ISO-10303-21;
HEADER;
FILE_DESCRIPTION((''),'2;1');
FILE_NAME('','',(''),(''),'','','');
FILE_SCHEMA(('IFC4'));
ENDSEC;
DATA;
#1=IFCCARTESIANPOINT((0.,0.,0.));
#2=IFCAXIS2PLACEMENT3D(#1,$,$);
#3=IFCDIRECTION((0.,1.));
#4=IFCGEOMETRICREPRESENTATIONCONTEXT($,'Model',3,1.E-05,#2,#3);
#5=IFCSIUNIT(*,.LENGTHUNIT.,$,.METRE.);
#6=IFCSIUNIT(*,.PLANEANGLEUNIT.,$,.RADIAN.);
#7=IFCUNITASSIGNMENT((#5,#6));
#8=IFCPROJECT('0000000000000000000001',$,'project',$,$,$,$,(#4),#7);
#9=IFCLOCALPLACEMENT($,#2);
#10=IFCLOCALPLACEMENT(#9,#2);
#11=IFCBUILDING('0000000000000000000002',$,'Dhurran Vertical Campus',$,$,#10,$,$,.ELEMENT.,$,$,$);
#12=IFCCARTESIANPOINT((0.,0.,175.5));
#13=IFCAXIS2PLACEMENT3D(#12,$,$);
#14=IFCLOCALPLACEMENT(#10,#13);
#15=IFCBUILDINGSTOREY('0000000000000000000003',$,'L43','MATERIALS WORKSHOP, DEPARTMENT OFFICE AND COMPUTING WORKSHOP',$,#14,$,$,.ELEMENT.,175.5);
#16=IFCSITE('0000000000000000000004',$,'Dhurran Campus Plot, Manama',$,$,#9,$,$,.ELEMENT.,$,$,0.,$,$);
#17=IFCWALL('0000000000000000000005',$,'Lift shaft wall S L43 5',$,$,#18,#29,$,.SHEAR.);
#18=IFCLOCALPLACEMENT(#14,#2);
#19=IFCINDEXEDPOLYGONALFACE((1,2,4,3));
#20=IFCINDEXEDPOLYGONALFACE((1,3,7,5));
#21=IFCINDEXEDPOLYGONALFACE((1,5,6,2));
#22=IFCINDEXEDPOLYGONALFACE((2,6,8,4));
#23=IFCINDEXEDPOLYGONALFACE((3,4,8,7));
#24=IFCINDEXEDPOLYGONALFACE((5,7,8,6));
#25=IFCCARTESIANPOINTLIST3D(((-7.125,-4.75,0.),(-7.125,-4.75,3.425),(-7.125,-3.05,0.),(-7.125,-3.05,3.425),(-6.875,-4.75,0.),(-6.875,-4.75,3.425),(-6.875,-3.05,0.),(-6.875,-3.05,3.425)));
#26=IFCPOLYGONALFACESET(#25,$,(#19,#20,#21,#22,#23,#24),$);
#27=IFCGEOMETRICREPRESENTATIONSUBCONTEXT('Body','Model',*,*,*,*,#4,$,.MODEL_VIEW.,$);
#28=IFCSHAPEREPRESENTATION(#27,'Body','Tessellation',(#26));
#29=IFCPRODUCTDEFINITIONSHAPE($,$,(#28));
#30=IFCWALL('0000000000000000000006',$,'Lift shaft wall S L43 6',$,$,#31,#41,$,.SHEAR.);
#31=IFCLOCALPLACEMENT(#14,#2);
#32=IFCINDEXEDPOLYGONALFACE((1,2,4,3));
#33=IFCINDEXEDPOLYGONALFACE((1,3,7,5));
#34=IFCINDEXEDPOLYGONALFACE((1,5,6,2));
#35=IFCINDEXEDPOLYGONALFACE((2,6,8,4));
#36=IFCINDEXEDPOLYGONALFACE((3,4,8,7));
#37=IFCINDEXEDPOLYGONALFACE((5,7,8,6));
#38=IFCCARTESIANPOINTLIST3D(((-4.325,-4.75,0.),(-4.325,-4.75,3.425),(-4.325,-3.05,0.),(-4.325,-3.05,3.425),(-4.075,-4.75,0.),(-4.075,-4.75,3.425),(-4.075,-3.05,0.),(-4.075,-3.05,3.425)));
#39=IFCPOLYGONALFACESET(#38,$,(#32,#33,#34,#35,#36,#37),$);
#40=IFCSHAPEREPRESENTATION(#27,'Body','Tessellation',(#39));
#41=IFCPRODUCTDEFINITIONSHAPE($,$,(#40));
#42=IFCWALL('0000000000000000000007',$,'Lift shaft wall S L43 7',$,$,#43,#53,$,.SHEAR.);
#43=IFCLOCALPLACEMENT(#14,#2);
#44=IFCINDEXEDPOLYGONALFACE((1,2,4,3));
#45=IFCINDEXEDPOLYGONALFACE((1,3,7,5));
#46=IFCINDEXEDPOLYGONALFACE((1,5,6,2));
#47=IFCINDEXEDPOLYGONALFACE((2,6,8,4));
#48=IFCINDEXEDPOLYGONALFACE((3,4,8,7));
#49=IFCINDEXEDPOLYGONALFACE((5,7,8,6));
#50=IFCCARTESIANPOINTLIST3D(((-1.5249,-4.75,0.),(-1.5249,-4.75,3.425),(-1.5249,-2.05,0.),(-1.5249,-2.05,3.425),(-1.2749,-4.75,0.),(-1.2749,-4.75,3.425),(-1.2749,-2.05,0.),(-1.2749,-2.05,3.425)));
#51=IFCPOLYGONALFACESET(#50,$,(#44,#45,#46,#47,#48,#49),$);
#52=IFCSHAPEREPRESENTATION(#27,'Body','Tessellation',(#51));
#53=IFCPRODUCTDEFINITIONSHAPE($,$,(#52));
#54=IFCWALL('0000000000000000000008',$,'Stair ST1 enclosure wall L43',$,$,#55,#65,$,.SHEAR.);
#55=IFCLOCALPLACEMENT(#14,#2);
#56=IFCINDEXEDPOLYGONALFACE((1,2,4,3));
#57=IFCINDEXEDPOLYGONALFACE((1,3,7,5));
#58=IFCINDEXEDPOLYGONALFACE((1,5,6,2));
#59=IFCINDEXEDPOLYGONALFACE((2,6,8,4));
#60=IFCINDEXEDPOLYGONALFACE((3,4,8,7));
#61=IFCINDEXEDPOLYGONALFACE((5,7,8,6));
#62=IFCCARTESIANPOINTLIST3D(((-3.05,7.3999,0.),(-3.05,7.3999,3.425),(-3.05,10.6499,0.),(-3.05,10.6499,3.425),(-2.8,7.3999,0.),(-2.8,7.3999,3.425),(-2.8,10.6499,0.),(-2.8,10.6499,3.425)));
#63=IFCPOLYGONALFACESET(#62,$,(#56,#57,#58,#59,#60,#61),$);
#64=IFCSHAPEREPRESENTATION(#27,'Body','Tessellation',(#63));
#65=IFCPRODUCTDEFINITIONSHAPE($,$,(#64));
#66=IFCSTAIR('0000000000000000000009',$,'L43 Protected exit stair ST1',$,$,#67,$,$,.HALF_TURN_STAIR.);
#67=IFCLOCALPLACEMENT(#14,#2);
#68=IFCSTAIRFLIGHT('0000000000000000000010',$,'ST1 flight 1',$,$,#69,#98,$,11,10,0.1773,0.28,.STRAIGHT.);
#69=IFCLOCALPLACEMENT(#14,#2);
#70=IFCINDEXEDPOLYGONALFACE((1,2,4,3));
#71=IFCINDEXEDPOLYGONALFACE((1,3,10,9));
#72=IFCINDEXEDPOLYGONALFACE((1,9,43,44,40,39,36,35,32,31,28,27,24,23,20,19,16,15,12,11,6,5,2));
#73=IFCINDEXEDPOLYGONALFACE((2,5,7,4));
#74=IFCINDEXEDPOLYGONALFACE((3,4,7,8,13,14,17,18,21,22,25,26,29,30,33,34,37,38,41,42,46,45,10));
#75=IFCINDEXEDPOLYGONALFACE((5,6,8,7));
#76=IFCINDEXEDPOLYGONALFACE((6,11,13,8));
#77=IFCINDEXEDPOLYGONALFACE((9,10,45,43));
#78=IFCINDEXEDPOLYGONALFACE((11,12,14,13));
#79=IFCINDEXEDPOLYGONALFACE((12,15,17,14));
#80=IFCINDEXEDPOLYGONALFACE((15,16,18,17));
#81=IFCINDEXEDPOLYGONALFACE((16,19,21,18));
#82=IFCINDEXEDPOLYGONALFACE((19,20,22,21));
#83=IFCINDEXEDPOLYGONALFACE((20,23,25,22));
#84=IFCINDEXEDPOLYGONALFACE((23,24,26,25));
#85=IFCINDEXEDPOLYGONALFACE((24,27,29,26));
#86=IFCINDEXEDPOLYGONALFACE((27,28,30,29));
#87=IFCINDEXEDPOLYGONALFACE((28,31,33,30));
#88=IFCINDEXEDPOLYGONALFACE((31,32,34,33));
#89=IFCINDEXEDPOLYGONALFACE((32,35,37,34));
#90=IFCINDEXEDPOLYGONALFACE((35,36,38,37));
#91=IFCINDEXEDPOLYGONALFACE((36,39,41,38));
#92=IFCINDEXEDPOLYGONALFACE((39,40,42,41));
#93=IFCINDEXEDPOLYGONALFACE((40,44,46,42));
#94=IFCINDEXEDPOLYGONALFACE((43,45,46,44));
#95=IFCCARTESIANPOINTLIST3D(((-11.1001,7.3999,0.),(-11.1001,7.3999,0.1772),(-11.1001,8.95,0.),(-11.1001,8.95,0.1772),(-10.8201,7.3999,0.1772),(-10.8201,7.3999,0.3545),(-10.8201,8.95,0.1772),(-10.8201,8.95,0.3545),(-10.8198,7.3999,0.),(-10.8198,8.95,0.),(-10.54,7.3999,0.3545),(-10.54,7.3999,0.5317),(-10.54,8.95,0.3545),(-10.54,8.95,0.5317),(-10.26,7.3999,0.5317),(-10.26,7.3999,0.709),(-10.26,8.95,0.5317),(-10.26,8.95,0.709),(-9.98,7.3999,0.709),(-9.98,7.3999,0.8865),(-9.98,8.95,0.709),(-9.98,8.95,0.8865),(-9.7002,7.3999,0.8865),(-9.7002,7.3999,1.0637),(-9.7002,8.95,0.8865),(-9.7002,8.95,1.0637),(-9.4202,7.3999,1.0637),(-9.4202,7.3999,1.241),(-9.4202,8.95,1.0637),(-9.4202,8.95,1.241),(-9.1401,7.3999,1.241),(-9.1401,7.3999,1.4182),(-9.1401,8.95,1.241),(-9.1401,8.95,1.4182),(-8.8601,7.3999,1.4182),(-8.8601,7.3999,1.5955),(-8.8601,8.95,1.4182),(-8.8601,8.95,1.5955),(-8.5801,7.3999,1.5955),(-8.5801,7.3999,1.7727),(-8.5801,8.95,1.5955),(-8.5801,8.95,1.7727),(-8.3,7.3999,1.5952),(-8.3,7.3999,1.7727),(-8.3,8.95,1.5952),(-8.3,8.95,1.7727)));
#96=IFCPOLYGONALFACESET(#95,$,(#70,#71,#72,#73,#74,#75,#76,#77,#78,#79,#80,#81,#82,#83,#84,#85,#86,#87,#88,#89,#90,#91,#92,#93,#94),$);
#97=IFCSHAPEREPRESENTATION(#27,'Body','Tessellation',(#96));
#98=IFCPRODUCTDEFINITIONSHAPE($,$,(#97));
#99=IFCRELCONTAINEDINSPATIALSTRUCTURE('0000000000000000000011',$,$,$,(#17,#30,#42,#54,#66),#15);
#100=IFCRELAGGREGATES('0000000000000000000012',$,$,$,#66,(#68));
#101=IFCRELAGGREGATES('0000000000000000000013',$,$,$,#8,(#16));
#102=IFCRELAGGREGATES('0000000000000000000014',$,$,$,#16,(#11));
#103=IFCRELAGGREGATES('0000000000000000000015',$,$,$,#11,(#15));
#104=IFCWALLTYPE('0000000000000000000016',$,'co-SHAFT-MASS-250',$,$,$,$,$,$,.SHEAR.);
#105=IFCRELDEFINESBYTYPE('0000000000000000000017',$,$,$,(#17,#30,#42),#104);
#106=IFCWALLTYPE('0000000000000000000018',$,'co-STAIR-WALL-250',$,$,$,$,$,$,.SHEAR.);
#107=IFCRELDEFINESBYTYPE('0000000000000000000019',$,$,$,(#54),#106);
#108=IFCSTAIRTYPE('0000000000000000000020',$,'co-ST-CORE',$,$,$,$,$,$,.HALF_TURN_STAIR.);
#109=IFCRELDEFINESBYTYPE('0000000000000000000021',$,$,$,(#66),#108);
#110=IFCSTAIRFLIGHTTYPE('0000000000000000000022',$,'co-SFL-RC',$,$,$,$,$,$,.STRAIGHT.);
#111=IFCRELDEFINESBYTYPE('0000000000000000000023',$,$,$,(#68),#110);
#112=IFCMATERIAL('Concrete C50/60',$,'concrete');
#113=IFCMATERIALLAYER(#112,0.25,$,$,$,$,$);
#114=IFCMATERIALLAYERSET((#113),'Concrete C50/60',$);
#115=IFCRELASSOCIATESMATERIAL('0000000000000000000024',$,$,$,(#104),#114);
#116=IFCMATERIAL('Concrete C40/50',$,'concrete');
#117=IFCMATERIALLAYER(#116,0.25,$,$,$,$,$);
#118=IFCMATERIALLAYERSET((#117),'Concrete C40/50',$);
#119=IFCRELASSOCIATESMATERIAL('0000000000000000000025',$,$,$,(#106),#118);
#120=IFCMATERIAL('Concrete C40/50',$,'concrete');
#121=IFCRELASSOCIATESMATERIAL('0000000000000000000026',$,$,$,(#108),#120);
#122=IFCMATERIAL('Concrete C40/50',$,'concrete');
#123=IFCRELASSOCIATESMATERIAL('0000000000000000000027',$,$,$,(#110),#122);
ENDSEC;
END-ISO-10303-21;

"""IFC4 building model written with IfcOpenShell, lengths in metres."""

from ifc_helpers import new_model, si_unit, direction, frame, frame_2d, origin, place, context, subcontext, project, spatial, polyline, rectangle, outline, extrude, material, layer, layer_set, type_object, element, aggregate, save


model = new_model("IFC4")

# Units and contexts
model_context = context("Model", 3, precision=1e-05, world=origin(), true_north=direction((0.0, 1.0)))
body_context = subcontext(model_context, "Body", "Model", "MODEL_VIEW")
ifc_project = project(units=[si_unit("LENGTHUNIT", "METRE"), si_unit("PLANEANGLEUNIT", "RADIAN")], contexts=[model_context])

# Site, building, storey
site_placement = place(None, origin())
site = spatial("IfcSite", under=ifc_project, at=site_placement, Name="Dhurran Campus Plot, Manama", CompositionType="ELEMENT", RefElevation=0.0)
building_placement = place(site_placement, origin())
building = spatial("IfcBuilding", under=site, at=building_placement, Name="Dhurran Vertical Campus", CompositionType="ELEMENT")
storey_placement = place(building_placement, frame((0.0, 0.0, 175.5)))
storey = spatial("IfcBuildingStorey", under=building, at=storey_placement, Name="L43", Description="MATERIALS WORKSHOP, DEPARTMENT OFFICE AND COMPUTING WORKSHOP", CompositionType="ELEMENT", Elevation=175.5)

# Walls
ifc_material_1 = material(Name="Concrete C50/60", Category="concrete")
ifc_layer_1 = layer(ifc_material_1, 0.25)
ifc_layer_set_1 = layer_set([ifc_layer_1], Name="Concrete C50/60")
wall_type_1 = type_object("IfcWallType", Name="co-SHAFT-MASS-250", PredefinedType="SHEAR", material=ifc_layer_set_1)
wall_1_placement = place(storey_placement, origin())
element("IfcWall", 1, at=wall_1_placement, inside=storey, type_object=wall_type_1, Name="Lift shaft wall S L43 5", PredefinedType="SHEAR", context=body_context, shape_type="SweptSolid", body=[
    extrude(outline(polyline([(-7.125, -4.75), (-6.875, -4.75), (-6.875, -3.05), (-7.125, -3.05), (-7.125, -4.75)])), origin(), (0.0, 0.0, 1.0), 3.425),
])
wall_2_placement = place(storey_placement, origin())
element("IfcWall", 2, at=wall_2_placement, inside=storey, type_object=wall_type_1, Name="Lift shaft wall S L43 6", PredefinedType="SHEAR", context=body_context, shape_type="SweptSolid", body=[
    extrude(outline(polyline([(-4.325, -4.75), (-4.075, -4.75), (-4.075, -3.05), (-4.325, -3.05), (-4.325, -4.75)])), origin(), (0.0, 0.0, 1.0), 3.425),
])
wall_3_placement = place(storey_placement, origin())
element("IfcWall", 3, at=wall_3_placement, inside=storey, type_object=wall_type_1, Name="Lift shaft wall S L43 7", PredefinedType="SHEAR", context=body_context, shape_type="SweptSolid", body=[
    extrude(outline(polyline([(-1.5249, -4.75), (-1.2749, -4.75), (-1.2749, -2.05), (-1.5249, -2.05), (-1.5249, -4.75)])), origin(), (0.0, 0.0, 1.0), 3.425),
])
ifc_material_2 = material(Name="Concrete C40/50", Category="concrete")
ifc_layer_2 = layer(ifc_material_2, 0.25)
ifc_layer_set_2 = layer_set([ifc_layer_2], Name="Concrete C40/50")
wall_type_2 = type_object("IfcWallType", Name="co-STAIR-WALL-250", PredefinedType="SHEAR", material=ifc_layer_set_2)
wall_4_placement = place(storey_placement, frame((-2.925, 7.3999, 0.0), z_axis=(0.0, 0.0, 1.0), x_axis=(0.0, 1.0, 0.0)))
element("IfcWall", 4, at=wall_4_placement, inside=storey, type_object=wall_type_2, Name="Stair ST1 enclosure wall L43", PredefinedType="SHEAR", context=body_context, shape_type="SweptSolid", body=[
    extrude(rectangle(XDim=3.25, YDim=0.25, at=frame_2d((1.625, 0.0))), origin(), (0.0, 0.0, 1.0), 3.425),
])

# Stair, stair flight
ifc_material_3 = material(Name="Concrete C40/50", Category="concrete")
stair_type = type_object("IfcStairType", Name="co-ST-CORE", PredefinedType="HALF_TURN_STAIR", material=ifc_material_3)
stair_placement = place(storey_placement, origin())
stair = element("IfcStair", 5, at=stair_placement, inside=storey, type_object=stair_type, Name="L43 Protected exit stair ST1", PredefinedType="HALF_TURN_STAIR")
ifc_material_4 = material(Name="Concrete C40/50", Category="concrete")
stair_flight_type = type_object("IfcStairFlightType", Name="co-SFL-RC", PredefinedType="STRAIGHT", material=ifc_material_4)
stair_flight_placement = place(storey_placement, frame((-11.1001, 8.175, 0.0), z_axis=(0.0, 0.0, 1.0), x_axis=(1.0, 0.0, 0.0)))
stair_flight = element("IfcStairFlight", 6, at=stair_flight_placement, type_object=stair_flight_type, Name="ST1 flight 1", NumberOfRisers=11, NumberOfTreads=10, PredefinedType="STRAIGHT", RiserHeight=0.1773, TreadLength=0.28, context=body_context, shape_type="SweptSolid", body=[
    extrude(outline(polyline([(0.0, 0.0), (0.0, 0.1772), (0.28, 0.1772), (0.28, 0.3545), (0.5601, 0.3545), (0.5601, 0.5317), (0.8401, 0.5317), (0.8401, 0.709), (1.1201, 0.709), (1.1201, 0.8865), (1.3999, 0.8865), (1.3999, 1.0637), (1.6799, 1.0637), (1.6799, 1.241), (1.96, 1.241), (1.96, 1.4182), (2.24, 1.4182), (2.24, 1.5955), (2.52, 1.5955), (2.52, 1.7727), (2.8, 1.7727), (2.8, 1.95), (2.8, 1.5952), (0.2803, 0.0), (0.0, 0.0)])), frame((0.0, 0.7749, 0.0), z_axis=(0.0, -1.0, 0.0), x_axis=(1.0, 0.0, 0.0)), (0.0, 0.0, 1.0), 1.55),
])
aggregate(stair, [stair_flight])

save(model, "model.ifc")
